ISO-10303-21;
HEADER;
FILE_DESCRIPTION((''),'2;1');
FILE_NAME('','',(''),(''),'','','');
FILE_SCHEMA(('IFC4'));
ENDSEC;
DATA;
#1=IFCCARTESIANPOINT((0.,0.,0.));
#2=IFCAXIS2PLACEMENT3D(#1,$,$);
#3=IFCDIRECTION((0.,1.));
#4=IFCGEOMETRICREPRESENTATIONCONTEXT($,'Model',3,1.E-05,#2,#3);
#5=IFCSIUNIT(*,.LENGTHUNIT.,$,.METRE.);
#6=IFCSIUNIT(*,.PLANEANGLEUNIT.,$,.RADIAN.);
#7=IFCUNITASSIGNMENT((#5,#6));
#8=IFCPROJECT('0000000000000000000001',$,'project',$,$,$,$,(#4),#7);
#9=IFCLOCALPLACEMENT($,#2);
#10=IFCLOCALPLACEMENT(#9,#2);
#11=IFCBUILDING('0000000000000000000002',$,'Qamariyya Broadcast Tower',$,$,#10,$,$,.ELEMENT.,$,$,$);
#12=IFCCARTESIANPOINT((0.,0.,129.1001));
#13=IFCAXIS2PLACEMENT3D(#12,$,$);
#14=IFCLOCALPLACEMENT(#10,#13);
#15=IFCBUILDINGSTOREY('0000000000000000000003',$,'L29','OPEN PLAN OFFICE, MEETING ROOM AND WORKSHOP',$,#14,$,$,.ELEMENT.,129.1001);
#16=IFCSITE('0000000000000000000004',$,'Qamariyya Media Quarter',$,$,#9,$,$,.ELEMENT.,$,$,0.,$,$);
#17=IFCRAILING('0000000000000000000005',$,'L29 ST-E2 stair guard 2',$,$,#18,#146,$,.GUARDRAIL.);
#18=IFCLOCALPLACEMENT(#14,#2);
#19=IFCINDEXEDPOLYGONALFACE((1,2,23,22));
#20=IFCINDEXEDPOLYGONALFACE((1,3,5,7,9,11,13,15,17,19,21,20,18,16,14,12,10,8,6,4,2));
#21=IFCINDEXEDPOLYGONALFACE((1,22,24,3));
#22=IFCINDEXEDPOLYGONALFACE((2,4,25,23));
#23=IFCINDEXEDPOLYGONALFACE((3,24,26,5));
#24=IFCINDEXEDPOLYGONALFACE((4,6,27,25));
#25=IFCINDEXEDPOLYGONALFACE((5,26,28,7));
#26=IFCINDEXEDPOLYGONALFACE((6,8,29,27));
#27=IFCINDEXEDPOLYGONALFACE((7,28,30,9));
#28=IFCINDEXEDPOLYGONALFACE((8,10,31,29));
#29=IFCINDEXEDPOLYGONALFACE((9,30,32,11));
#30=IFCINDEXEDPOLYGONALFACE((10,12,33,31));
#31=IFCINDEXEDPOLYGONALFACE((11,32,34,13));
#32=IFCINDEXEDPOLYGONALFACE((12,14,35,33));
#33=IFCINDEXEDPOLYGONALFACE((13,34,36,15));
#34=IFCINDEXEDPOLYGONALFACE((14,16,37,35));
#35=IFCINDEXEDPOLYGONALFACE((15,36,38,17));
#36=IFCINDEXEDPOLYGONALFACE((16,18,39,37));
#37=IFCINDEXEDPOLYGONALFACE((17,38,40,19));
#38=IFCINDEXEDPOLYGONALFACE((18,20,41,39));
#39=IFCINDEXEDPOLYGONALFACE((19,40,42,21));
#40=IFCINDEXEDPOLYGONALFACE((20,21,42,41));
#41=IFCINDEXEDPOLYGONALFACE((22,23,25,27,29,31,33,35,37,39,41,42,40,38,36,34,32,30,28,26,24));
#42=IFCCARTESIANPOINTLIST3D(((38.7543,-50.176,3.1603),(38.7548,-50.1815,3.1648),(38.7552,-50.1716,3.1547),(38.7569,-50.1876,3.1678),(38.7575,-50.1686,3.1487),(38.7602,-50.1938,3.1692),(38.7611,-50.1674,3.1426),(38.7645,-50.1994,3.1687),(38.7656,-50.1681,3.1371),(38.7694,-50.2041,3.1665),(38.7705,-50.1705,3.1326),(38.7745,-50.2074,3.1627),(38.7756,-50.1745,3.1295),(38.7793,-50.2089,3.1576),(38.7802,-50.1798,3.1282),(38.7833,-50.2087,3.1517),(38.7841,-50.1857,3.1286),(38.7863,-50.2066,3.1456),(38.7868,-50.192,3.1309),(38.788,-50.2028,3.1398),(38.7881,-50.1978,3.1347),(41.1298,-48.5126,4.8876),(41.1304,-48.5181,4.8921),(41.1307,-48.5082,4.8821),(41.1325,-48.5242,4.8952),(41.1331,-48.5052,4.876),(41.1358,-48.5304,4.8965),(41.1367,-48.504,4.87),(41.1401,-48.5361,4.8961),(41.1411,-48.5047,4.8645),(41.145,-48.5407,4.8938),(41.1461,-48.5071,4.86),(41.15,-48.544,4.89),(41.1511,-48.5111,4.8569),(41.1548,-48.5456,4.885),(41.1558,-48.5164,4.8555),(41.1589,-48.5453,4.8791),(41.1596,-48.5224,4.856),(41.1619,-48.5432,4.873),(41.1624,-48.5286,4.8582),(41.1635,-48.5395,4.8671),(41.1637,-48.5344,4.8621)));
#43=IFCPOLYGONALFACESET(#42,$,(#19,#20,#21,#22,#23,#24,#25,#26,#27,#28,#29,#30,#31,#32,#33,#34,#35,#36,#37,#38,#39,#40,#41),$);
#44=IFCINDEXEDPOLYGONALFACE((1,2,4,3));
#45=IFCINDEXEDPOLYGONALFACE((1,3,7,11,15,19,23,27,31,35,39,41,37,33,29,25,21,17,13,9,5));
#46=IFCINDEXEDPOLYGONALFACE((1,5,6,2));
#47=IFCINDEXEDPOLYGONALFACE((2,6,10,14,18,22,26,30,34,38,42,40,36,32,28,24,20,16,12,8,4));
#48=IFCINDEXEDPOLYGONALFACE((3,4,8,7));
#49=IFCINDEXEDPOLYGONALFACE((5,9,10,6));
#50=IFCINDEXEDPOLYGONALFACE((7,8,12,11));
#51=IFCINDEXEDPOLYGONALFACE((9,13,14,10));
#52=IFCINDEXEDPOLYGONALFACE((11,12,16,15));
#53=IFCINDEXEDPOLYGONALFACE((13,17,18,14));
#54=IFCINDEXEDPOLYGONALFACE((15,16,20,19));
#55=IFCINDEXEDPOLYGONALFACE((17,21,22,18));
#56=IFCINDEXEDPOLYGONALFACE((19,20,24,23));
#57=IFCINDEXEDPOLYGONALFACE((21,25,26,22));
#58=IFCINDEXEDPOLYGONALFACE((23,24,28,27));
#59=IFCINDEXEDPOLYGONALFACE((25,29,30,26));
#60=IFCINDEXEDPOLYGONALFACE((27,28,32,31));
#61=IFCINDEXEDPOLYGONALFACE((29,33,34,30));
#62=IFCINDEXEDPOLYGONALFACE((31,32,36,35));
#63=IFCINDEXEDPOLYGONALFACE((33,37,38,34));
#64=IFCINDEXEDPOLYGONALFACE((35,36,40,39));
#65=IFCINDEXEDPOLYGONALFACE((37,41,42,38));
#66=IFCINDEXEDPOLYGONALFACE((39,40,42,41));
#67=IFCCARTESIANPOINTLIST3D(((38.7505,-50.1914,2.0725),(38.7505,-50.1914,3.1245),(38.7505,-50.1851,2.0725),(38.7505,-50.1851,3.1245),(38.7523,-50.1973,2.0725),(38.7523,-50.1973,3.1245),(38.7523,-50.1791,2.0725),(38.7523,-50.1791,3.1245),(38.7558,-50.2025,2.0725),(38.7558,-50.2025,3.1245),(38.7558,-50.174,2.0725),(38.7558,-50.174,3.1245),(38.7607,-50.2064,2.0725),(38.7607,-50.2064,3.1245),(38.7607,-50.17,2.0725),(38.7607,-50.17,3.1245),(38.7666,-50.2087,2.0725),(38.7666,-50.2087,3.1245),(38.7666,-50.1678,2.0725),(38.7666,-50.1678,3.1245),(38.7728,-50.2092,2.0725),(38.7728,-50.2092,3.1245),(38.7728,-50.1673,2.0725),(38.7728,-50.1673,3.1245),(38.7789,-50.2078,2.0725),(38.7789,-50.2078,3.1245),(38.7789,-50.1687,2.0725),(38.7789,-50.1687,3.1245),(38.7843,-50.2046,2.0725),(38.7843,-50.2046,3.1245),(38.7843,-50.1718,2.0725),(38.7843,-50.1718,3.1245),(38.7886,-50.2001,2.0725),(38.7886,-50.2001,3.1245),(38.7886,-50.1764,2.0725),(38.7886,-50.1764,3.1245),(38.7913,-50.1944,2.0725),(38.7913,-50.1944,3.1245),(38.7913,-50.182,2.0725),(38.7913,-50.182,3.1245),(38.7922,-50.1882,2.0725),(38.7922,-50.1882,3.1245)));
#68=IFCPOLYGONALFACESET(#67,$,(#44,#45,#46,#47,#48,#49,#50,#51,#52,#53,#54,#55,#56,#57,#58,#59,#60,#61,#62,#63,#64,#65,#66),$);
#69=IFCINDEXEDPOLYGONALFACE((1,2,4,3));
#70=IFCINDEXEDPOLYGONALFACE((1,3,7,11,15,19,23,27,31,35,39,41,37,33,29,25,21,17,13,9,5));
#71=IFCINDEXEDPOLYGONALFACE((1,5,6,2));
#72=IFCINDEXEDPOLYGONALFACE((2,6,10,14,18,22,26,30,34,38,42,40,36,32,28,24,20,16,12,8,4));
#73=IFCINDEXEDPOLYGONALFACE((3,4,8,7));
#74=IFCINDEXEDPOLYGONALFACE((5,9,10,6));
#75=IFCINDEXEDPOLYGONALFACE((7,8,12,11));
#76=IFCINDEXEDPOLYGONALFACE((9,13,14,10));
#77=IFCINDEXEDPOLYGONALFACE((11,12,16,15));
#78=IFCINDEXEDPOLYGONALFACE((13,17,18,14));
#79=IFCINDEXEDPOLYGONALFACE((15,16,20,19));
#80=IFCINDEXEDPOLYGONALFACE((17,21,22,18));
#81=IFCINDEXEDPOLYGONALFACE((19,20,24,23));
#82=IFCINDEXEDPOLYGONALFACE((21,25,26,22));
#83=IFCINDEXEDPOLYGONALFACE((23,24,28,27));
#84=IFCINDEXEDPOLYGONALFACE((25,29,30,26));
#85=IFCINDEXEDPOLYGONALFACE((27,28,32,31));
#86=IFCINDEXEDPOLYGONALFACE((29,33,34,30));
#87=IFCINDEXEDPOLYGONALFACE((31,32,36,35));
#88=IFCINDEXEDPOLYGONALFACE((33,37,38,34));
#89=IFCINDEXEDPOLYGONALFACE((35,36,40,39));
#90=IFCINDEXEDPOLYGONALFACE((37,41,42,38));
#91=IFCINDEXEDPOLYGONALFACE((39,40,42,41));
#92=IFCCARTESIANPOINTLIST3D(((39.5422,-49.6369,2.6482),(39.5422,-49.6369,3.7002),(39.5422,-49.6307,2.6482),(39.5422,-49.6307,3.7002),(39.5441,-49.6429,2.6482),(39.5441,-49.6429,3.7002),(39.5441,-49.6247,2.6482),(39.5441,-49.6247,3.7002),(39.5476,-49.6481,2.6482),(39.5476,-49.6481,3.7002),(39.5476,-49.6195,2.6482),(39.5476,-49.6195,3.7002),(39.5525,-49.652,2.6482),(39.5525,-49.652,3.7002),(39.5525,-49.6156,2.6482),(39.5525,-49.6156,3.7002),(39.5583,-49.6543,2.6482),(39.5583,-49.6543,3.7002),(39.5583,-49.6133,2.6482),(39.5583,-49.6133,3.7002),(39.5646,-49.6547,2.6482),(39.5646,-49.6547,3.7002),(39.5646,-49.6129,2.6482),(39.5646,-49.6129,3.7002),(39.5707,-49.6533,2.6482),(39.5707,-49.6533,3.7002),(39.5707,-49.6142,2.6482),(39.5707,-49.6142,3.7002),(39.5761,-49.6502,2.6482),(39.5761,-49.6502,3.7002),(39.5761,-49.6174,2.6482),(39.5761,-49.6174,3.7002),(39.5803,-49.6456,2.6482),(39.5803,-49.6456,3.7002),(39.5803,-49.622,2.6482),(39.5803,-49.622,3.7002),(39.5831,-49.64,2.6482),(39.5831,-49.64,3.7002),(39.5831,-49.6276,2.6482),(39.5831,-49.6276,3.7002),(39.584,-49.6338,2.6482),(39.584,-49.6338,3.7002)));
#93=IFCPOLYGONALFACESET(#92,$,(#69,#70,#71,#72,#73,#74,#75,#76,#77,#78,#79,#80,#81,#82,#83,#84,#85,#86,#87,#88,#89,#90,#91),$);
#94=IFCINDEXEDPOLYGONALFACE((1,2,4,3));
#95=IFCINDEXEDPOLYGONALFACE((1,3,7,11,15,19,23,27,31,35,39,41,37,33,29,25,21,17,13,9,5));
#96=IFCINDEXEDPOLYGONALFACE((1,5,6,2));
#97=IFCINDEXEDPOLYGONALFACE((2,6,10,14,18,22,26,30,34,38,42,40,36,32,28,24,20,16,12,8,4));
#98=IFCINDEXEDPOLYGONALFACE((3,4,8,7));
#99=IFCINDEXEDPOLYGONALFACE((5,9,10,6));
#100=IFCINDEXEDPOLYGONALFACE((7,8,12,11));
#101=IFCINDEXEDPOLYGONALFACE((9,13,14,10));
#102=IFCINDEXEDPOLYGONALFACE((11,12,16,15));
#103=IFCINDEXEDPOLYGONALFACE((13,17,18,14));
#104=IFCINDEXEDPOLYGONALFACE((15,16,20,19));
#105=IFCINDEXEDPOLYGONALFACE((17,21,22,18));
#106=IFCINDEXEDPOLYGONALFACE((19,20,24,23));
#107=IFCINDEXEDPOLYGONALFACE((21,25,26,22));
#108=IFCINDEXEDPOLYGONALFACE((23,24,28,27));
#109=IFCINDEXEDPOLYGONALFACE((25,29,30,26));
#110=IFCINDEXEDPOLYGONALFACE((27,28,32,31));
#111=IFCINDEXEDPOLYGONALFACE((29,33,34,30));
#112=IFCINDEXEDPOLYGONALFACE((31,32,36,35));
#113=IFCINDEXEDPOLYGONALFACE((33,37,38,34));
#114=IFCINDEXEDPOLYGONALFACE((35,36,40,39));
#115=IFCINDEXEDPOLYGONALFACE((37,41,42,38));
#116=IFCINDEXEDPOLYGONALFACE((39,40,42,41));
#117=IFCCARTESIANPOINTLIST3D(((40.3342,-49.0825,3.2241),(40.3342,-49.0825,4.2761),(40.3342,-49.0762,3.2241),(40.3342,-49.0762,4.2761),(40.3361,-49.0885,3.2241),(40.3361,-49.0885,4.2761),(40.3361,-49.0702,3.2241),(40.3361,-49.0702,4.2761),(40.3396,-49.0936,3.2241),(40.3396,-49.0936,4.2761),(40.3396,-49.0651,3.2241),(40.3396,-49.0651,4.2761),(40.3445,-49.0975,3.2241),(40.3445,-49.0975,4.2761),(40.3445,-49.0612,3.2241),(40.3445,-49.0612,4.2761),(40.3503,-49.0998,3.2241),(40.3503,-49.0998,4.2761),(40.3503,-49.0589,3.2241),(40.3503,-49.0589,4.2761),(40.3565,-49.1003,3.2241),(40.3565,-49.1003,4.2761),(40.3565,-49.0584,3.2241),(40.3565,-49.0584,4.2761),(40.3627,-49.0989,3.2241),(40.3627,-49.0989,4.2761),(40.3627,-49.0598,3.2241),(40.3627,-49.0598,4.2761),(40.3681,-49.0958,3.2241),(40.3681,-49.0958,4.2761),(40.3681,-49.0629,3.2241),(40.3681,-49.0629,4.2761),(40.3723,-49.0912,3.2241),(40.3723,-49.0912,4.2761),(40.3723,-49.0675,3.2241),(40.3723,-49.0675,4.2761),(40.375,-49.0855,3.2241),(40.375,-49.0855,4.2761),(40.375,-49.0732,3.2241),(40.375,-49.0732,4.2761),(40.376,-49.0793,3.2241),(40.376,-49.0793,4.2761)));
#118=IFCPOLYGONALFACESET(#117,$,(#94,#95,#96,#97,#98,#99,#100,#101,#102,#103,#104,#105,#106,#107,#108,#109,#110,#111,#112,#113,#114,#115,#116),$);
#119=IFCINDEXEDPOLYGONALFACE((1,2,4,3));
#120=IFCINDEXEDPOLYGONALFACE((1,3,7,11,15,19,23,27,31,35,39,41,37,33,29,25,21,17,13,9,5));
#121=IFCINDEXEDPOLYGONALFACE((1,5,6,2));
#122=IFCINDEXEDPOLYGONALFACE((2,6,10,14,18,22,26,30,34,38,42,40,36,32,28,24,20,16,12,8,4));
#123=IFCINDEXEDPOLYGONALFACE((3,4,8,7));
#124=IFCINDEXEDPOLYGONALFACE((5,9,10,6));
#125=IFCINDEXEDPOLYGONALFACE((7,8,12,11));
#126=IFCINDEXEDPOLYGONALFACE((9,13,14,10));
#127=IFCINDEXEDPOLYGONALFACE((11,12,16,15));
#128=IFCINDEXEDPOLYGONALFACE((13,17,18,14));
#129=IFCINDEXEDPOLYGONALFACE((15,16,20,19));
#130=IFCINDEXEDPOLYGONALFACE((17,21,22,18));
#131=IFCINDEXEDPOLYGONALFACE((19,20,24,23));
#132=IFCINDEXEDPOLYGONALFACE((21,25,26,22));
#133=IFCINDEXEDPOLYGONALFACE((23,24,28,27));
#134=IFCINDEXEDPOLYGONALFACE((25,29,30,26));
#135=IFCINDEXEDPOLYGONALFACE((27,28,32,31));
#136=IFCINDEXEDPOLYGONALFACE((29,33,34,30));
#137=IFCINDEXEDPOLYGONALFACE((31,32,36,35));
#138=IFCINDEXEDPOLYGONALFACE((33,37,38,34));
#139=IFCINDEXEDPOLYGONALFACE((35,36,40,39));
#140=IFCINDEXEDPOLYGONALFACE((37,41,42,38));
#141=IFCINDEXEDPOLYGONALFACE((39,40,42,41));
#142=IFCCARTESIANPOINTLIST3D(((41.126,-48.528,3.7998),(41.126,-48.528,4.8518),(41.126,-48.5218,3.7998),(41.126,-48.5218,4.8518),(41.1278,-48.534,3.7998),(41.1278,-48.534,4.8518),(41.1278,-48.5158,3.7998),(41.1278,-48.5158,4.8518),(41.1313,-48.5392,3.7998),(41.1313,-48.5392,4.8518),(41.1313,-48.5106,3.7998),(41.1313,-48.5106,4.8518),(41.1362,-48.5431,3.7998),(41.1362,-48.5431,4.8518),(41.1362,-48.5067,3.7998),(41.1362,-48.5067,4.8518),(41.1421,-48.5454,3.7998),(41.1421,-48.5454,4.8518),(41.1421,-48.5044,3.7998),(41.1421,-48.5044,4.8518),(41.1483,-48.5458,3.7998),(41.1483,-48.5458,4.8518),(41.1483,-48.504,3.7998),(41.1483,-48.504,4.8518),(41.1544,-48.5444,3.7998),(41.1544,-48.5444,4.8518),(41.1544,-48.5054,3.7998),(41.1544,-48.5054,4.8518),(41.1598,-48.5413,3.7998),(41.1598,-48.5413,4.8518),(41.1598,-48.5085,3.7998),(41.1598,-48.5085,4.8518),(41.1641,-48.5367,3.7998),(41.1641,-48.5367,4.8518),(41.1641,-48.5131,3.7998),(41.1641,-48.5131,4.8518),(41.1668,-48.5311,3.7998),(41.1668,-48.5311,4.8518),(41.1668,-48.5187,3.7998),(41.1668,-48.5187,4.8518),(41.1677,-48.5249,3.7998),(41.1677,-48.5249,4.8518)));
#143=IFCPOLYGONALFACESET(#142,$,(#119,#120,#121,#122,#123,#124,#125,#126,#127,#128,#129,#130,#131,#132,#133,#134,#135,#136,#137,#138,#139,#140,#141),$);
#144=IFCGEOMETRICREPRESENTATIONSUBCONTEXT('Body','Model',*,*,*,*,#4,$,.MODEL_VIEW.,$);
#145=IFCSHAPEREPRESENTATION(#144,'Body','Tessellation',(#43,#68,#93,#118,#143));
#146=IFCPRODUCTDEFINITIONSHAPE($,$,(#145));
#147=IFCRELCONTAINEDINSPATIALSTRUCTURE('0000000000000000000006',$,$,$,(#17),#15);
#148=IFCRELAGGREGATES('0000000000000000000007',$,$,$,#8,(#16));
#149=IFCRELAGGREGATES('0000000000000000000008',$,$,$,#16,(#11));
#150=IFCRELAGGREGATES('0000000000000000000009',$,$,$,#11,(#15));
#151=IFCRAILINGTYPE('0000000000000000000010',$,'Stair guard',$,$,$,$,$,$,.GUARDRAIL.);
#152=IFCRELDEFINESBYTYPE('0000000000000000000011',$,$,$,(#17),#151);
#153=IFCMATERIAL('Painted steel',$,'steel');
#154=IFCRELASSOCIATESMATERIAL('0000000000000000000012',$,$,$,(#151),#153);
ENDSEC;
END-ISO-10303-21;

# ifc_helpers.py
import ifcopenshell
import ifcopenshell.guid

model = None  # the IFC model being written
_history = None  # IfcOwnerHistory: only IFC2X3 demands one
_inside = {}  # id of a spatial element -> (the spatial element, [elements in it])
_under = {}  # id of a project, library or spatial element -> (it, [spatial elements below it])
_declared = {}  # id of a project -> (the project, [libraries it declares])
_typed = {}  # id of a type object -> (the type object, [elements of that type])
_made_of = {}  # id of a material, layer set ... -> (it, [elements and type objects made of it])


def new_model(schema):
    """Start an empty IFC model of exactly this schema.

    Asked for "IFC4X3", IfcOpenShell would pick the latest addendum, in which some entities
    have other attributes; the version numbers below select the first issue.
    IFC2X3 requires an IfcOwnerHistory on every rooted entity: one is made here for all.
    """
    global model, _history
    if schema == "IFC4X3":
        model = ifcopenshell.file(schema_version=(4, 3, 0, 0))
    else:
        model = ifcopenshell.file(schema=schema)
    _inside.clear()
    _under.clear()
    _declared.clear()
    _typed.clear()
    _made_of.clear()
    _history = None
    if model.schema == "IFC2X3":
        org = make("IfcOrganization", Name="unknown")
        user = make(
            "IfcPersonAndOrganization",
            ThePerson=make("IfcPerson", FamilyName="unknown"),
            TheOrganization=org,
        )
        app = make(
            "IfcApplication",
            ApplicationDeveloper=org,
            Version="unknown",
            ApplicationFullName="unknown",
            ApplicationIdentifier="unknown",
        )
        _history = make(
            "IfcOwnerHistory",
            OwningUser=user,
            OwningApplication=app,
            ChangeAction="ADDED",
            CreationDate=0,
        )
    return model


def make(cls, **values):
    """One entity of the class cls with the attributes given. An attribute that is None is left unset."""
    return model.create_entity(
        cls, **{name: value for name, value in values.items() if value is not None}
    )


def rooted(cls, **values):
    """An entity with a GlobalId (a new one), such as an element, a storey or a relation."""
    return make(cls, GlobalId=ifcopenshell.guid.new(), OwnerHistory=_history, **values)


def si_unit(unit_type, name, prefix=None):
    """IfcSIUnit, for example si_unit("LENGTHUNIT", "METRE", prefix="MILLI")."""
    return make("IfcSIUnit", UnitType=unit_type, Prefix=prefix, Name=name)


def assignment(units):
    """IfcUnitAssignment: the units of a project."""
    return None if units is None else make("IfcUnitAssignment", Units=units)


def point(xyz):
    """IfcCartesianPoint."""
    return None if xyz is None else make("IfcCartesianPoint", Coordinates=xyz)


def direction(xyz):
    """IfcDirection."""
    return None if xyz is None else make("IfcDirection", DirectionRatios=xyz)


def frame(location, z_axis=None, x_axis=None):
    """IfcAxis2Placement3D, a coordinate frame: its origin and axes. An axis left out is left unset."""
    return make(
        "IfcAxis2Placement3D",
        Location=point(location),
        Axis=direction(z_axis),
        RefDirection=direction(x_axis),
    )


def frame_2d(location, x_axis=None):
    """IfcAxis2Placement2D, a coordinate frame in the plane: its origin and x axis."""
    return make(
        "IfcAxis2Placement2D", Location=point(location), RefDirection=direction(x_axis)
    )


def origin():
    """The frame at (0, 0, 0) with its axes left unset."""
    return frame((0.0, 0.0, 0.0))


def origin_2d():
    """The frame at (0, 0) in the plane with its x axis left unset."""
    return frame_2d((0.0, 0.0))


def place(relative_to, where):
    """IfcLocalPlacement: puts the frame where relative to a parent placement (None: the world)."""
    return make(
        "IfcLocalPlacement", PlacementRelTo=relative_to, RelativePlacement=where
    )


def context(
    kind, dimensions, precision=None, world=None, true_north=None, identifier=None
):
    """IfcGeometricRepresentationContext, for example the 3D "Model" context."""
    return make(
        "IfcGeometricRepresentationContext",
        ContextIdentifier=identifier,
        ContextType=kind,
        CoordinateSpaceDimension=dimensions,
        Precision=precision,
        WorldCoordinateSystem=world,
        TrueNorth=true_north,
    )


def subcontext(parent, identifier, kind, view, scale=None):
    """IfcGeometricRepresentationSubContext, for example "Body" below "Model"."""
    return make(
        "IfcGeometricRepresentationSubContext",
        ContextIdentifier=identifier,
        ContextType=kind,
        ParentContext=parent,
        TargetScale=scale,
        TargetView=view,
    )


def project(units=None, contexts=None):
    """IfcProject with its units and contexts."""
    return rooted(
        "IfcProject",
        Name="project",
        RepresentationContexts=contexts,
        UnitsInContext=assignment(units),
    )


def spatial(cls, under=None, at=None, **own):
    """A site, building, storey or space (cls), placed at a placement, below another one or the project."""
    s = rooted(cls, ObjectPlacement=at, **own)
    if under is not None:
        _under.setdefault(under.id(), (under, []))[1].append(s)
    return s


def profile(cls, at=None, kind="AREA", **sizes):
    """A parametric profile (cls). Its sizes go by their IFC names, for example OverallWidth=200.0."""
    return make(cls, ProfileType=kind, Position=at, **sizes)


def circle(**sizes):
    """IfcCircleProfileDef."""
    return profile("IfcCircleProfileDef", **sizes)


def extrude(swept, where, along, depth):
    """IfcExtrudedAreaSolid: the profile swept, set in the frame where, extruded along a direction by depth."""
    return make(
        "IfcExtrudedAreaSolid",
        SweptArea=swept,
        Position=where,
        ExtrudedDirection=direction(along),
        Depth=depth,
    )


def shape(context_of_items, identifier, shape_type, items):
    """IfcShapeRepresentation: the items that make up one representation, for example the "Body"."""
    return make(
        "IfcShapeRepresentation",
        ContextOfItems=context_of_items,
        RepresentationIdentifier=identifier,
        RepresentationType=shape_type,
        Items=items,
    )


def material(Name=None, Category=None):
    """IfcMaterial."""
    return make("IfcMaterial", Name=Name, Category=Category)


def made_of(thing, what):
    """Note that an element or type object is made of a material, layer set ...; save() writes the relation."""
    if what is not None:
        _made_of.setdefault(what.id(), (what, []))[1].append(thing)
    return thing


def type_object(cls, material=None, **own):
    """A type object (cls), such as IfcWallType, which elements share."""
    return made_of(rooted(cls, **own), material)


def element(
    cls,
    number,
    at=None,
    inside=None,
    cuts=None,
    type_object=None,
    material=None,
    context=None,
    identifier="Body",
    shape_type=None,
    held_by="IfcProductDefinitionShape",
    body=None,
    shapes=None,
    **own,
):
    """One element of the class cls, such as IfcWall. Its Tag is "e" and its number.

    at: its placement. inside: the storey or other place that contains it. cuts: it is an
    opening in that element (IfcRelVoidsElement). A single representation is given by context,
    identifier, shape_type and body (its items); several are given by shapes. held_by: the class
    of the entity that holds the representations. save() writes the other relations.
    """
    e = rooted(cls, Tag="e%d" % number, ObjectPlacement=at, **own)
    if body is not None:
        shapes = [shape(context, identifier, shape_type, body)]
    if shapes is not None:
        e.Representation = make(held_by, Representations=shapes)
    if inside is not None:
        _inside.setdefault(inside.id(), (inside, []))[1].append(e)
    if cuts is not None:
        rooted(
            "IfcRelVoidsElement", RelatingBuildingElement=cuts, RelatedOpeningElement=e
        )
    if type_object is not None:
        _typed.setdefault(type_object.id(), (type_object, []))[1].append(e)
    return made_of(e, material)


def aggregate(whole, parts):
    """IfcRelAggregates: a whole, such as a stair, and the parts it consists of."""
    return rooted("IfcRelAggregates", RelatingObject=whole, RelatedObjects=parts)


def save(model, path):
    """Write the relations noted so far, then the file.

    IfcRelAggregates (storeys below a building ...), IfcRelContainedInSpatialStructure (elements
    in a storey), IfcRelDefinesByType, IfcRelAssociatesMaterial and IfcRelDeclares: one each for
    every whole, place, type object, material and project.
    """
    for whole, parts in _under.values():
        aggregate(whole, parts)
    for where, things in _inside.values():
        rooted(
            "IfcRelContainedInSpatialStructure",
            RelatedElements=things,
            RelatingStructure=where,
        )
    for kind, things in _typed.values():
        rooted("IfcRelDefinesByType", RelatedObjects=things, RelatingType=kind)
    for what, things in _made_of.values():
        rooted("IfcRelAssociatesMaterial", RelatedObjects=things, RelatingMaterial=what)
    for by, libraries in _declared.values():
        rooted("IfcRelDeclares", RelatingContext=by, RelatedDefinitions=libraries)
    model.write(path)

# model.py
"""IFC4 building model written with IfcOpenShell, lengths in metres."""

from ifc_helpers import new_model, si_unit, direction, frame, origin, origin_2d, place, context, subcontext, project, spatial, circle, extrude, material, type_object, element, save


model = new_model("IFC4")

# Units and contexts
model_context = context("Model", 3, precision=1e-05, world=origin(), true_north=direction((0.0, 1.0)))
body_context = subcontext(model_context, "Body", "Model", "MODEL_VIEW")
ifc_project = project(units=[si_unit("LENGTHUNIT", "METRE"), si_unit("PLANEANGLEUNIT", "RADIAN")], contexts=[model_context])

# Site, building, storey
site_placement = place(None, origin())
site = spatial("IfcSite", under=ifc_project, at=site_placement, Name="Qamariyya Media Quarter", CompositionType="ELEMENT", RefElevation=0.0)
building_placement = place(site_placement, origin())
building = spatial("IfcBuilding", under=site, at=building_placement, Name="Qamariyya Broadcast Tower", CompositionType="ELEMENT")
storey_placement = place(building_placement, frame((0.0, 0.0, 129.1001)))
storey = spatial("IfcBuildingStorey", under=building, at=storey_placement, Name="L29", Description="OPEN PLAN OFFICE, MEETING ROOM AND WORKSHOP", CompositionType="ELEMENT", Elevation=129.1001)

# Railing
ifc_material_1 = material(Name="Painted steel", Category="steel")
railing_type_1 = type_object("IfcRailingType", Name="Stair guard", PredefinedType="GUARDRAIL", material=ifc_material_1)
railing_1_placement = place(storey_placement, frame((38.7712, -50.1882, 2.0725)))
element("IfcRailing", 1, at=railing_1_placement, inside=storey, type_object=railing_type_1, Name="L29 ST-E2 stair guard 2", PredefinedType="GUARDRAIL", context=body_context, shape_type="SweptSolid", body=[
    extrude(circle(Radius=0.0239, at=origin_2d()), frame((0.0, 0.0, 1.0762), z_axis=(0.70377, 0.492784, 0.511734), x_axis=(-0.573575, 0.819153, 0.0)), (0.0, 0.0, 1.0), 3.3755),
    extrude(circle(Radius=0.021, at=origin_2d()), origin(), (0.0, 0.0, 1.0), 1.052),
    extrude(circle(Radius=0.021, at=origin_2d()), frame((0.7917, 0.5544, 0.5757)), (0.0, 0.0, 1.0), 1.052),
    extrude(circle(Radius=0.021, at=origin_2d()), frame((1.5837, 1.1089, 1.1516)), (0.0, 0.0, 1.0), 1.052),
    extrude(circle(Radius=0.021, at=origin_2d()), frame((2.3755, 1.6633, 1.7273)), (0.0, 0.0, 1.0), 1.052),
])

save(model, "model.ifc")
